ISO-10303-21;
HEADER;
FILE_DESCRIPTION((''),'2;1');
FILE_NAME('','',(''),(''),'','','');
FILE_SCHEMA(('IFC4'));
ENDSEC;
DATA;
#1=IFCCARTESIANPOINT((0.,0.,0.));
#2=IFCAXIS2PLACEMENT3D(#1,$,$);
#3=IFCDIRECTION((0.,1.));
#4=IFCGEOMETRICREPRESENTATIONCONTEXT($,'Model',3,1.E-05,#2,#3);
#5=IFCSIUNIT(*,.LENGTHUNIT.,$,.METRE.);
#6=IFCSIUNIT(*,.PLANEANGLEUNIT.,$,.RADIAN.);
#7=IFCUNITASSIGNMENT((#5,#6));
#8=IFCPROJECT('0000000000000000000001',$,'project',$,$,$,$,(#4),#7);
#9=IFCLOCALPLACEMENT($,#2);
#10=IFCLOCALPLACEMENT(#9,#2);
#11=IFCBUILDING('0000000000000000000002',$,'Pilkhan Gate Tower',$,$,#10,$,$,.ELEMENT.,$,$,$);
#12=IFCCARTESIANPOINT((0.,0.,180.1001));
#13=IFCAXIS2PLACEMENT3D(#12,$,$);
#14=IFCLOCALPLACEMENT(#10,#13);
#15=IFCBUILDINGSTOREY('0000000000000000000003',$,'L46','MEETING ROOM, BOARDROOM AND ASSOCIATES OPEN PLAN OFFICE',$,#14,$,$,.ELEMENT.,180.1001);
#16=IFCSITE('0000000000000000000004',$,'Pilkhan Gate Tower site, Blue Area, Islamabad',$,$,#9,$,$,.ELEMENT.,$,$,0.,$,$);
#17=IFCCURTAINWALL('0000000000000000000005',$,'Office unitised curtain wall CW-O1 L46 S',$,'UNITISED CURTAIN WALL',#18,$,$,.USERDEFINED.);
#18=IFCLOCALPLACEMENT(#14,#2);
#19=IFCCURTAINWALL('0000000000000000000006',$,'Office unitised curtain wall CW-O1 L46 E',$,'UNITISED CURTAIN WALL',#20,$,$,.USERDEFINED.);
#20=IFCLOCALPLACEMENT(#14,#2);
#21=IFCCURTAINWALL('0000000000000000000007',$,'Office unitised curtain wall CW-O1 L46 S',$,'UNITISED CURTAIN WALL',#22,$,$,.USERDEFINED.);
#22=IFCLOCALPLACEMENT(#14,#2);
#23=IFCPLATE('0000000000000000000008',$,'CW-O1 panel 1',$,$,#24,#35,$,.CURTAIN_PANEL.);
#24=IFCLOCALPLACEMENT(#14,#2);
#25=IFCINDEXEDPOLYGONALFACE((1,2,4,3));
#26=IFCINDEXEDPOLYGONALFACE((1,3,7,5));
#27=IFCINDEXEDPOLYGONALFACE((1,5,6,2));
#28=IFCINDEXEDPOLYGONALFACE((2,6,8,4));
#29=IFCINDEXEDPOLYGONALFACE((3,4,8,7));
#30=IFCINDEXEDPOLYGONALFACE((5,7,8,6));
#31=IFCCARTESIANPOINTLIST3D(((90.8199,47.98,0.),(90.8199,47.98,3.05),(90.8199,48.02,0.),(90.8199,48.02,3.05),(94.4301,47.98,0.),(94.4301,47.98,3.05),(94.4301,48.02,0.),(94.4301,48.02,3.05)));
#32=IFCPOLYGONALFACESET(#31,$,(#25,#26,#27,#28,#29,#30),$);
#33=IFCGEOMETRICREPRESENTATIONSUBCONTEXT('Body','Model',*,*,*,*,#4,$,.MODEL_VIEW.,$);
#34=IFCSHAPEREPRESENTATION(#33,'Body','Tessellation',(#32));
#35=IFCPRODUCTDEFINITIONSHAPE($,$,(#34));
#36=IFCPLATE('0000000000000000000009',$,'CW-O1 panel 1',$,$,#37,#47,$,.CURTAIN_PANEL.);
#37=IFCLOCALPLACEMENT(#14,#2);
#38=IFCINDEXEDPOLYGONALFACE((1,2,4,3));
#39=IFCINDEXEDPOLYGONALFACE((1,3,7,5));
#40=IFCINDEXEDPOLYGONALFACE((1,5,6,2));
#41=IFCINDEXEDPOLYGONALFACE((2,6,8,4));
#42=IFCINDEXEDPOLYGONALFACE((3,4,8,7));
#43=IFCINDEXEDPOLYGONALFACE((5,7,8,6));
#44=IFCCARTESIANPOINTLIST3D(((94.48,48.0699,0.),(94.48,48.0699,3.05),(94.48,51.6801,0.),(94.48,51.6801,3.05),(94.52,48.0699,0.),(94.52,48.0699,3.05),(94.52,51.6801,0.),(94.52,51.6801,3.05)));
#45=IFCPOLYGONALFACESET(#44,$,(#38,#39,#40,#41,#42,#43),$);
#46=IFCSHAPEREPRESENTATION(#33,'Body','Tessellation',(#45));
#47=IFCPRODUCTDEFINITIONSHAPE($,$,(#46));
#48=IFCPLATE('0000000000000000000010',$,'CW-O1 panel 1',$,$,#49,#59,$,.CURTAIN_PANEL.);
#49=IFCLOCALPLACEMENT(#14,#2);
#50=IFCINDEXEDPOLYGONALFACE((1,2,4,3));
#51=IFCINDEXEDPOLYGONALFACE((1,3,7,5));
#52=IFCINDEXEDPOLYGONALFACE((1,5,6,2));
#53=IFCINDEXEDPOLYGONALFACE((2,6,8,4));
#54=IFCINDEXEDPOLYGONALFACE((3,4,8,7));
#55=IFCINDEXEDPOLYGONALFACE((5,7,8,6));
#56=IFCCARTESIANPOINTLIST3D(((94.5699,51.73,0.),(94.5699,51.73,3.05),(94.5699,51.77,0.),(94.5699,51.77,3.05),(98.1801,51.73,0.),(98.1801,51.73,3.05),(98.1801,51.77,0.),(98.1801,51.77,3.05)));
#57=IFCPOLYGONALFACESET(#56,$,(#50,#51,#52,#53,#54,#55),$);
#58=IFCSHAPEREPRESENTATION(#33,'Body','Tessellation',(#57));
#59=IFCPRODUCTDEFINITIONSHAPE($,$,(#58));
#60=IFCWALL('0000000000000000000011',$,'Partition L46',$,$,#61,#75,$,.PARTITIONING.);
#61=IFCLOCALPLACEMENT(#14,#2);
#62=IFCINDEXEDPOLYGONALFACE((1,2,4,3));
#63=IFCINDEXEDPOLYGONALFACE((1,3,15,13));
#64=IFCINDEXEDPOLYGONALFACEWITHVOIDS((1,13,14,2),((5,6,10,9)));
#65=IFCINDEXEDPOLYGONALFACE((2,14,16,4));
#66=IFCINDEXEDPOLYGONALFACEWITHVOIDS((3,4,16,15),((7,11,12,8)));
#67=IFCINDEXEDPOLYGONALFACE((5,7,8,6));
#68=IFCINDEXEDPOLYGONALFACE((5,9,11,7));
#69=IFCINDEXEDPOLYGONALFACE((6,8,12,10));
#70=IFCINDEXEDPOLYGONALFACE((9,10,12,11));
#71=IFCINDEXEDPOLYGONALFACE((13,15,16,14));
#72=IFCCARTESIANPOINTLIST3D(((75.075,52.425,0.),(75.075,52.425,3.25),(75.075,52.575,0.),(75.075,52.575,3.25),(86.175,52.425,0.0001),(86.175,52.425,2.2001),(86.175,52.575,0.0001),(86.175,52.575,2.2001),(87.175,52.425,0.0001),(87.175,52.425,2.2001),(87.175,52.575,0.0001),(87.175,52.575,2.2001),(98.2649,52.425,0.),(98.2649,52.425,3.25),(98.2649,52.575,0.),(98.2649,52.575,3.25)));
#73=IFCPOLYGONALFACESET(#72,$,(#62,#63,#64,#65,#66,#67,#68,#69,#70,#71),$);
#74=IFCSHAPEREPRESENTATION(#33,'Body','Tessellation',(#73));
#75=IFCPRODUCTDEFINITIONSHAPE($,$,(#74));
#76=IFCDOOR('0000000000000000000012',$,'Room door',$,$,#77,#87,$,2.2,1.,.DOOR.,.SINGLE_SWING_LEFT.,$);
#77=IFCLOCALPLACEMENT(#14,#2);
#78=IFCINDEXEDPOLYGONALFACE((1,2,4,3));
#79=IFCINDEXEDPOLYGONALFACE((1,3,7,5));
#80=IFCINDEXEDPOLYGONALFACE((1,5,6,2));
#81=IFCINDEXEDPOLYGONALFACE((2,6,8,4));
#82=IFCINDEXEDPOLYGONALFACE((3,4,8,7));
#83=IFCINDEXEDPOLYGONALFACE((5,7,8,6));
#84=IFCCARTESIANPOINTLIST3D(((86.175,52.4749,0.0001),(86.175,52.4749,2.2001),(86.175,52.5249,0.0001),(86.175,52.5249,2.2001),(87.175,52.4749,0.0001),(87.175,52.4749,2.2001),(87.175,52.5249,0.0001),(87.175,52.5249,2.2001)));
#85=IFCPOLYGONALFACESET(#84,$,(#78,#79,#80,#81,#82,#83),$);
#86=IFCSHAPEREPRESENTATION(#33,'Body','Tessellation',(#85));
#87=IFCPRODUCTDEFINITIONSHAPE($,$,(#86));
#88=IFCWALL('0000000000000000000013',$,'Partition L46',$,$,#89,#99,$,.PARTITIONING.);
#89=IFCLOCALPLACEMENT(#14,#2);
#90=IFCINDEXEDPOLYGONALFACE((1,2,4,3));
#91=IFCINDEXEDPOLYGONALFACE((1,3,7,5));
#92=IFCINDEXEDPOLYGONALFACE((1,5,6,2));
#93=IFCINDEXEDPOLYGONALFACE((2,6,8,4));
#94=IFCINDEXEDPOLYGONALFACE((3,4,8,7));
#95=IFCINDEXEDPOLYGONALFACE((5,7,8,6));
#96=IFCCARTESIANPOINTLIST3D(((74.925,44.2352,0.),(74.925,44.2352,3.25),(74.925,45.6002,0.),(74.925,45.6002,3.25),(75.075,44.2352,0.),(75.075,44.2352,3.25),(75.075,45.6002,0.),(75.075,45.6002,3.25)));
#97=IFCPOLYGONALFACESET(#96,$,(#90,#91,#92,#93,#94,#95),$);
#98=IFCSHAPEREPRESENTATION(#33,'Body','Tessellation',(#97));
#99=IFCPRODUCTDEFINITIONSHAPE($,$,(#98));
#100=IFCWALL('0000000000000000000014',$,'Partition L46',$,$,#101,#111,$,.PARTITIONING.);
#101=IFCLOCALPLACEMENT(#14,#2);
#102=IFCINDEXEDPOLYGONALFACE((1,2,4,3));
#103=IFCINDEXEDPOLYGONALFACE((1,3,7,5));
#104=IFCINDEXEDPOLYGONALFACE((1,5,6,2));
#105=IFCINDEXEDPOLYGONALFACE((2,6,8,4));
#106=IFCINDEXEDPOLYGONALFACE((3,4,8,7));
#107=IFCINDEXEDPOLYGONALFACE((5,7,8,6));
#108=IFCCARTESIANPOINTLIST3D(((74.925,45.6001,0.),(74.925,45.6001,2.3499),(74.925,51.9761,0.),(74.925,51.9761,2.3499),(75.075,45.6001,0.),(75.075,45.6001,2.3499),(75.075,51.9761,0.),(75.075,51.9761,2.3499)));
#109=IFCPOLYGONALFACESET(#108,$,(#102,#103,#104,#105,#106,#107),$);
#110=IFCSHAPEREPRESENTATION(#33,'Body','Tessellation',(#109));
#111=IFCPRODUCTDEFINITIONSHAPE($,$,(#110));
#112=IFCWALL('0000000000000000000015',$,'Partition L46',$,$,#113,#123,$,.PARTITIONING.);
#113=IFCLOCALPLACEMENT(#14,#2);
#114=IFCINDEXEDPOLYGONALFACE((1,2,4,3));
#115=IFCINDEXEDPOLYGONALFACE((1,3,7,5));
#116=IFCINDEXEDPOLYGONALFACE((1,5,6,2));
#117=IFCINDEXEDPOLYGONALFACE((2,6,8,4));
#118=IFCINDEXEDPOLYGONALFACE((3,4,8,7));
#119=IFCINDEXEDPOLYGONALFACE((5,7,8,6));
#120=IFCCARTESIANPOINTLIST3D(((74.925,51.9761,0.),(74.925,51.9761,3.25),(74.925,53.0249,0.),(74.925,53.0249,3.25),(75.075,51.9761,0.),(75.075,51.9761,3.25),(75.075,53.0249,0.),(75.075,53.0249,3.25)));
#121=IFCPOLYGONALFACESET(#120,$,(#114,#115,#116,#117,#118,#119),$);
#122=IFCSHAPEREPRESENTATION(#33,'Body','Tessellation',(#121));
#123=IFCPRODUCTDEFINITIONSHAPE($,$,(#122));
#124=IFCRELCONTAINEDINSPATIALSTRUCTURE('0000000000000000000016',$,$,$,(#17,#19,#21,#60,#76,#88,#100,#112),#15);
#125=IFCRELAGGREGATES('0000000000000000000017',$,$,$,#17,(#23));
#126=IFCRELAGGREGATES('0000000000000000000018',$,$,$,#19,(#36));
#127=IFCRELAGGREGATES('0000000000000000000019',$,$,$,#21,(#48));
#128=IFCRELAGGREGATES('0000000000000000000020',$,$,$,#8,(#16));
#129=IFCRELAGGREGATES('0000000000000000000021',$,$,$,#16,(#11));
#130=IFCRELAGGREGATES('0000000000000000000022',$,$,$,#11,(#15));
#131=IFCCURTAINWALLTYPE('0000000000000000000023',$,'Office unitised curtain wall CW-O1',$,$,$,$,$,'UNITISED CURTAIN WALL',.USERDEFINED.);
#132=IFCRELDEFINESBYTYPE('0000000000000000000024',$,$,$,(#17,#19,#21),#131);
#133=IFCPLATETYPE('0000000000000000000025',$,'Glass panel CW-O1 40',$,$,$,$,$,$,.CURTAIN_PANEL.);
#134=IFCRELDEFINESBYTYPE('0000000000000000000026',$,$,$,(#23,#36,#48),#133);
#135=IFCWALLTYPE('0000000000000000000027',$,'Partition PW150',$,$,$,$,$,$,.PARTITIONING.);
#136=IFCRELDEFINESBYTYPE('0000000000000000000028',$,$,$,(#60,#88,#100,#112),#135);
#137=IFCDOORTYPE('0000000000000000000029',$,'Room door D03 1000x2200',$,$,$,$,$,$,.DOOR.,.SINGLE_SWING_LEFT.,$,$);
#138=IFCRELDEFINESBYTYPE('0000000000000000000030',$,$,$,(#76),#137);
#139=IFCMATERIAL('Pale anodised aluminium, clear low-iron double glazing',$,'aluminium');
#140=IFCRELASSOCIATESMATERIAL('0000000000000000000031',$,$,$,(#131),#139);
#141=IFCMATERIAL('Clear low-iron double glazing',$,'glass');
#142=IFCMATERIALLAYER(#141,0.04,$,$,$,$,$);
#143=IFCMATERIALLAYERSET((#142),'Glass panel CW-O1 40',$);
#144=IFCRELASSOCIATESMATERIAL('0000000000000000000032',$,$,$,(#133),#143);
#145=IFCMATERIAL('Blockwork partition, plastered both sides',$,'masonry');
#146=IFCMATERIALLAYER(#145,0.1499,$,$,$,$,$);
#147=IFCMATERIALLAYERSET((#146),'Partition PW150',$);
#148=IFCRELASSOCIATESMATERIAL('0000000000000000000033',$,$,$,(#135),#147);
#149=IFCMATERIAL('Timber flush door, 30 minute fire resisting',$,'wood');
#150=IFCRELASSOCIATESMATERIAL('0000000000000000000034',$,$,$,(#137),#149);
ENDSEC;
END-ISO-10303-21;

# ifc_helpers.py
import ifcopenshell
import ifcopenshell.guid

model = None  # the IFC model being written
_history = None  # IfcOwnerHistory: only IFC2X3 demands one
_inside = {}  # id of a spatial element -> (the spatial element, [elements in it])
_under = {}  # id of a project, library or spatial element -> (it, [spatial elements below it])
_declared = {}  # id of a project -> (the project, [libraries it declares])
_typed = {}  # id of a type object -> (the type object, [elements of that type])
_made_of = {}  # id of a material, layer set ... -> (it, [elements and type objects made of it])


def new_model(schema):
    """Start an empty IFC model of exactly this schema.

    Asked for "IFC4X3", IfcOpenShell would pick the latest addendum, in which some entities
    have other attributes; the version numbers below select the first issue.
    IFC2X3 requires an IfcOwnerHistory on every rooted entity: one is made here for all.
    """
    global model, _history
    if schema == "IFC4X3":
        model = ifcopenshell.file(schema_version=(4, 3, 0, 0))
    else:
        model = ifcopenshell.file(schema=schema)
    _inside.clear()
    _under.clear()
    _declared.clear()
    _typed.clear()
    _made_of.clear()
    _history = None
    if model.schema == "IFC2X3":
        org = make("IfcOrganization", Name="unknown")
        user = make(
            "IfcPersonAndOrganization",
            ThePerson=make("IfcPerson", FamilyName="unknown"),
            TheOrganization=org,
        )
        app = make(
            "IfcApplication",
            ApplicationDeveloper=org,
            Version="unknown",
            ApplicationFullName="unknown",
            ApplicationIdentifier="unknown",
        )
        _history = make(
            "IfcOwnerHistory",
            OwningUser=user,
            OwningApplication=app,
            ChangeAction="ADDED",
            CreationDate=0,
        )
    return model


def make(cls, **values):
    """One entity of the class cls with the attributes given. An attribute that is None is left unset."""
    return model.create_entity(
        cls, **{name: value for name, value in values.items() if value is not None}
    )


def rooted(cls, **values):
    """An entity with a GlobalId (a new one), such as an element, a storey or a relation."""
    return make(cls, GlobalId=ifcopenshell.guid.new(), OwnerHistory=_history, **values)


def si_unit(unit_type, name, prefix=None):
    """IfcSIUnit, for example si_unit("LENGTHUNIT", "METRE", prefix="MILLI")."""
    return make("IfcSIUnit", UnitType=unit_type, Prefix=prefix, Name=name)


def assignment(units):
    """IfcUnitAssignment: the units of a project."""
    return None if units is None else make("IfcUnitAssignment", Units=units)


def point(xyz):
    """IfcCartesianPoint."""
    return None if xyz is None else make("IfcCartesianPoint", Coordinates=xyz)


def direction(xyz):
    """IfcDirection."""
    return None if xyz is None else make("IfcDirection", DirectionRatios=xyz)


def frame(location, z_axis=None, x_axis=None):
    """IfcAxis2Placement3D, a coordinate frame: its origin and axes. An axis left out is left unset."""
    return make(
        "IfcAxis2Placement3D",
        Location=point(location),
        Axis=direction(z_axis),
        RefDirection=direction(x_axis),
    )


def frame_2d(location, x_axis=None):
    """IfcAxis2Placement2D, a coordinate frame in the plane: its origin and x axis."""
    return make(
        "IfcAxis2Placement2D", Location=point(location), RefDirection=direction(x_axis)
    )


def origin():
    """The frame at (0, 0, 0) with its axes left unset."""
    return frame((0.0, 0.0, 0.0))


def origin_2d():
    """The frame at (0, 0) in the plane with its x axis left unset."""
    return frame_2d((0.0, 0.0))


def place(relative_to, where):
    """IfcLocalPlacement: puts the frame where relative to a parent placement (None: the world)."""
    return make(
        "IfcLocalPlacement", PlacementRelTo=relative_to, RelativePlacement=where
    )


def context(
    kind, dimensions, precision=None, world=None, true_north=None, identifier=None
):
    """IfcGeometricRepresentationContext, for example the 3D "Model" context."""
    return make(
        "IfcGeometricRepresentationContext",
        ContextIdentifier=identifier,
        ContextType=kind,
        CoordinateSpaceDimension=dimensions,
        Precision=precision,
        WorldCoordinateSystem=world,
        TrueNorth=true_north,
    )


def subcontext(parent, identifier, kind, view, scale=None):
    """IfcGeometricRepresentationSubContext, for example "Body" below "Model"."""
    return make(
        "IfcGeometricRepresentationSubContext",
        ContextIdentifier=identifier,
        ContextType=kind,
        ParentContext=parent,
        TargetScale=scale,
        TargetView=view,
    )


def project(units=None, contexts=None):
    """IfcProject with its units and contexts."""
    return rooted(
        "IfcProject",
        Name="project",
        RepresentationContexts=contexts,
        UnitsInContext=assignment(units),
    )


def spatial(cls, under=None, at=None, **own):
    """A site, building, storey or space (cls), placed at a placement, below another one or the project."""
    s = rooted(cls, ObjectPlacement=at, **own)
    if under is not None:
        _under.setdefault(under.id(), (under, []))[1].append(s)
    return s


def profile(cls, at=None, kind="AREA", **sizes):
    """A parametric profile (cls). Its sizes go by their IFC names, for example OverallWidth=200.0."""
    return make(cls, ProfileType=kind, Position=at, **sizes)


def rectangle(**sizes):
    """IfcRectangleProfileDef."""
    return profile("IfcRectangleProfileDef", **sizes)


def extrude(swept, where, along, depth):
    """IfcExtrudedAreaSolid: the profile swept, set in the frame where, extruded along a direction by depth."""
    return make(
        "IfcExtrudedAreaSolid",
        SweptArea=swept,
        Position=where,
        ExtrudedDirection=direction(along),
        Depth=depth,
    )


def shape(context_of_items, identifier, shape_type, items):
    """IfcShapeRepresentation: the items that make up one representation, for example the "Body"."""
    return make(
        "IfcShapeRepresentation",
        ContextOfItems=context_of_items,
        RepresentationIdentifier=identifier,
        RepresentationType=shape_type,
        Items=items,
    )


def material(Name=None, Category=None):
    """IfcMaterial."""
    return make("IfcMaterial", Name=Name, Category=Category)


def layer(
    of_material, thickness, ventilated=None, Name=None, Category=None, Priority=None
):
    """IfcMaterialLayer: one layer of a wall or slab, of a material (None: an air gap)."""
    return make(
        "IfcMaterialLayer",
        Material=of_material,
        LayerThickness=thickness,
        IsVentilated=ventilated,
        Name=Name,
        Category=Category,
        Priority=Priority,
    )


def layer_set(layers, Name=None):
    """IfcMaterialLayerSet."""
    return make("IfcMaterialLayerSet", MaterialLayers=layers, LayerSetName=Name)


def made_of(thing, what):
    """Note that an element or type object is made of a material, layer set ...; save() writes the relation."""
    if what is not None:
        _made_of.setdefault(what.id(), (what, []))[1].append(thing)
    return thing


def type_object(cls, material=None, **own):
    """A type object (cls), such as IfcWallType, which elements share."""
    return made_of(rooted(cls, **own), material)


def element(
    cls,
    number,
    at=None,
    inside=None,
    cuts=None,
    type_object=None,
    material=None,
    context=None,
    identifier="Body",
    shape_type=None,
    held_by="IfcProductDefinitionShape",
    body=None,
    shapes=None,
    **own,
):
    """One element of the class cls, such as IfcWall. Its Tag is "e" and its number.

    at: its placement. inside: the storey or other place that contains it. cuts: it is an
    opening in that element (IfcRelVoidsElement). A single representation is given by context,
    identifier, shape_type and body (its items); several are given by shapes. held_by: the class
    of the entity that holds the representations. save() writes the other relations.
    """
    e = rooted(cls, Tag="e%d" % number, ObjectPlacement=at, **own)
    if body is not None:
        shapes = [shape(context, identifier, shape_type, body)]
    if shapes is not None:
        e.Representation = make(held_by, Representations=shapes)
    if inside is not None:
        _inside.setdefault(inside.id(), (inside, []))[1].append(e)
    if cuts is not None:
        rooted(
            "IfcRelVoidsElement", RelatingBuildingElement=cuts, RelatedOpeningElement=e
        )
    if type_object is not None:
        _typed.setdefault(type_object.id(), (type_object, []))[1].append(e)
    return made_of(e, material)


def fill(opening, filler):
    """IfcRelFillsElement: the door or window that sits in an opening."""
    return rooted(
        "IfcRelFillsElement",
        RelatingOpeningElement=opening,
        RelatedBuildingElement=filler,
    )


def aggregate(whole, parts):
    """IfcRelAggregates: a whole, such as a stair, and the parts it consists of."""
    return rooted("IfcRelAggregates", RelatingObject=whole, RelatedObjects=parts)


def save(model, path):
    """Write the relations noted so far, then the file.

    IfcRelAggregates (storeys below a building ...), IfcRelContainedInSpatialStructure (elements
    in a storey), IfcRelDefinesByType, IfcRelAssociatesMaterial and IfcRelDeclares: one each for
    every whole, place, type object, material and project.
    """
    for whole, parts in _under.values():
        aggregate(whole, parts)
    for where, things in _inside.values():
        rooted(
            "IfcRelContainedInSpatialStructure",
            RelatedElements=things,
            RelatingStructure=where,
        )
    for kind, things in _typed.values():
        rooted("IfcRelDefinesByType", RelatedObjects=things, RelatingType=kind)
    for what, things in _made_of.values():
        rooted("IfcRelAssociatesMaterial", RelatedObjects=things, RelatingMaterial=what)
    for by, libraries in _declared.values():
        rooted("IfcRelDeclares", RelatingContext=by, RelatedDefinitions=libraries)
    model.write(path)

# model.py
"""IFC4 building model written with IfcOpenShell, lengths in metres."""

from ifc_helpers import new_model, si_unit, direction, frame, frame_2d, origin, origin_2d, place, context, subcontext, project, spatial, rectangle, extrude, material, layer, layer_set, type_object, element, fill, aggregate, save


model = new_model("IFC4")

# Units and contexts
model_context = context("Model", 3, precision=1e-05, world=origin(), true_north=direction((0.0, 1.0)))
body_context = subcontext(model_context, "Body", "Model", "MODEL_VIEW")
ifc_project = project(units=[si_unit("LENGTHUNIT", "METRE"), si_unit("PLANEANGLEUNIT", "RADIAN")], contexts=[model_context])

# Site, building, storey
site_placement = place(None, origin())
site = spatial("IfcSite", under=ifc_project, at=site_placement, Name="Pilkhan Gate Tower site, Blue Area, Islamabad", CompositionType="ELEMENT", RefElevation=0.0)
building_placement = place(site_placement, origin())
building = spatial("IfcBuilding", under=site, at=building_placement, Name="Pilkhan Gate Tower", CompositionType="ELEMENT")
storey_placement = place(building_placement, frame((0.0, 0.0, 180.1001)))
storey = spatial("IfcBuildingStorey", under=building, at=storey_placement, Name="L46", Description="MEETING ROOM, BOARDROOM AND ASSOCIATES OPEN PLAN OFFICE", CompositionType="ELEMENT", Elevation=180.1001)

# Shared definitions
ifc_material_1 = material(Name="Pale anodised aluminium, clear low-iron double glazing", Category="aluminium")
curtain_wall_type = type_object("IfcCurtainWallType", Name="Office unitised curtain wall CW-O1", ElementType="UNITISED CURTAIN WALL", PredefinedType="USERDEFINED", material=ifc_material_1)

# Curtain walls
curtain_wall_1_placement = place(storey_placement, origin())
curtain_wall_1 = element("IfcCurtainWall", 1, at=curtain_wall_1_placement, inside=storey, type_object=curtain_wall_type, Name="Office unitised curtain wall CW-O1 L46 S", ObjectType="UNITISED CURTAIN WALL", PredefinedType="USERDEFINED")
curtain_wall_2_placement = place(storey_placement, origin())
curtain_wall_2 = element("IfcCurtainWall", 2, at=curtain_wall_2_placement, inside=storey, type_object=curtain_wall_type, Name="Office unitised curtain wall CW-O1 L46 E", ObjectType="UNITISED CURTAIN WALL", PredefinedType="USERDEFINED")
curtain_wall_3_placement = place(storey_placement, origin())
curtain_wall_3 = element("IfcCurtainWall", 3, at=curtain_wall_3_placement, inside=storey, type_object=curtain_wall_type, Name="Office unitised curtain wall CW-O1 L46 S", ObjectType="UNITISED CURTAIN WALL", PredefinedType="USERDEFINED")

# Plates
ifc_material_2 = material(Name="Clear low-iron double glazing", Category="glass")
ifc_layer_1 = layer(ifc_material_2, 0.04)
ifc_layer_set_1 = layer_set([ifc_layer_1], Name="Glass panel CW-O1 40")
plate_type = type_object("IfcPlateType", Name="Glass panel CW-O1 40", PredefinedType="CURTAIN_PANEL", material=ifc_layer_set_1)
plate_1_placement = place(storey_placement, frame((92.625, 48.0, 0.0), z_axis=(0.0, 0.0, 1.0), x_axis=(1.0, 0.0, 0.0)))
plate_1 = element("IfcPlate", 4, at=plate_1_placement, type_object=plate_type, Name="CW-O1 panel 1", PredefinedType="CURTAIN_PANEL", context=body_context, shape_type="SweptSolid", body=[
    extrude(rectangle(XDim=3.6101, YDim=0.04, at=origin_2d()), origin(), (0.0, 0.0, 1.0), 3.05),
])
aggregate(curtain_wall_1, [plate_1])
plate_2_placement = place(storey_placement, frame((94.5, 49.875, 0.0), z_axis=(0.0, 0.0, 1.0), x_axis=(0.0, 1.0, 0.0)))
plate_2 = element("IfcPlate", 5, at=plate_2_placement, type_object=plate_type, Name="CW-O1 panel 1", PredefinedType="CURTAIN_PANEL", context=body_context, shape_type="SweptSolid", body=[
    extrude(rectangle(XDim=3.6101, YDim=0.04, at=origin_2d()), origin(), (0.0, 0.0, 1.0), 3.05),
])
aggregate(curtain_wall_2, [plate_2])
plate_3_placement = place(storey_placement, frame((96.375, 51.75, 0.0), z_axis=(0.0, 0.0, 1.0), x_axis=(1.0, 0.0, 0.0)))
plate_3 = element("IfcPlate", 6, at=plate_3_placement, type_object=plate_type, Name="CW-O1 panel 1", PredefinedType="CURTAIN_PANEL", context=body_context, shape_type="SweptSolid", body=[
    extrude(rectangle(XDim=3.6101, YDim=0.04, at=origin_2d()), origin(), (0.0, 0.0, 1.0), 3.05),
])
aggregate(curtain_wall_3, [plate_3])

# Wall, opening, door
ifc_material_3 = material(Name="Blockwork partition, plastered both sides", Category="masonry")
ifc_layer_2 = layer(ifc_material_3, 0.1499)
ifc_layer_set_2 = layer_set([ifc_layer_2], Name="Partition PW150")
wall_type = type_object("IfcWallType", Name="Partition PW150", PredefinedType="PARTITIONING", material=ifc_layer_set_2)
wall_1_placement = place(storey_placement, frame((75.075, 52.5, 0.0), z_axis=(0.0, 0.0, 1.0), x_axis=(1.0, 0.0, 0.0)))
wall_1 = element("IfcWall", 7, at=wall_1_placement, inside=storey, type_object=wall_type, Name="Partition L46", PredefinedType="PARTITIONING", context=body_context, shape_type="SweptSolid", body=[
    extrude(rectangle(XDim=23.1899, YDim=0.1499, at=frame_2d((11.595, 0.0))), origin(), (0.0, 0.0, 1.0), 3.25),
])
opening_placement = place(wall_1_placement, frame((11.1001, 0.0, 0.0)))
opening = element("IfcOpeningElement", 8, at=opening_placement, cuts=wall_1, PredefinedType="OPENING", context=body_context, shape_type="SweptSolid", body=[
    extrude(rectangle(XDim=1.0, YDim=2.2, at=frame_2d((0.5, 1.1001))), frame((0.0, 0.085, 0.0), z_axis=(0.0, -1.0, 0.0), x_axis=(1.0, 0.0, 0.0)), (0.0, 0.0, 1.0), 0.1699),
])
ifc_material_4 = material(Name="Timber flush door, 30 minute fire resisting", Category="wood")
door_type = type_object("IfcDoorType", Name="Room door D03 1000x2200", OperationType="SINGLE_SWING_LEFT", PredefinedType="DOOR", material=ifc_material_4)
door_placement = place(opening_placement, origin())
door = element("IfcDoor", 9, at=door_placement, inside=storey, type_object=door_type, Name="Room door", OperationType="SINGLE_SWING_LEFT", OverallHeight=2.2, OverallWidth=1.0, PredefinedType="DOOR", context=body_context, shape_type="SweptSolid", body=[
    extrude(rectangle(XDim=1.0, YDim=2.2, at=frame_2d((0.5, 1.1001))), frame((0.0, 0.0249, 0.0), z_axis=(0.0, -1.0, 0.0), x_axis=(1.0, 0.0, 0.0)), (0.0, 0.0, 1.0), 0.05),
])
fill(opening, door)

# Walls
wall_2_placement = place(storey_placement, frame((75.0, 44.2351, 0.0), z_axis=(0.0, 0.0, 1.0), x_axis=(0.0, 1.0, 0.0)))
element("IfcWall", 10, at=wall_2_placement, inside=storey, type_object=wall_type, Name="Partition L46", PredefinedType="PARTITIONING", context=body_context, shape_type="SweptSolid", body=[
    extrude(rectangle(XDim=1.365, YDim=0.1499, at=frame_2d((0.6826, 0.0))), origin(), (0.0, 0.0, 1.0), 3.25),
])
wall_3_placement = place(storey_placement, frame((75.0, 45.6001, 0.0), z_axis=(0.0, 0.0, 1.0), x_axis=(0.0, 1.0, 0.0)))
element("IfcWall", 11, at=wall_3_placement, inside=storey, type_object=wall_type, Name="Partition L46", PredefinedType="PARTITIONING", context=body_context, shape_type="SweptSolid", body=[
    extrude(rectangle(XDim=6.376, YDim=0.1499, at=frame_2d((3.188, 0.0))), origin(), (0.0, 0.0, 1.0), 2.3499),
])
wall_4_placement = place(storey_placement, frame((75.0, 51.9761, 0.0), z_axis=(0.0, 0.0, 1.0), x_axis=(0.0, 1.0, 0.0)))
element("IfcWall", 12, at=wall_4_placement, inside=storey, type_object=wall_type, Name="Partition L46", PredefinedType="PARTITIONING", context=body_context, shape_type="SweptSolid", body=[
    extrude(rectangle(XDim=1.0488, YDim=0.1499, at=frame_2d((0.5244, 0.0))), origin(), (0.0, 0.0, 1.0), 3.25),
])

save(model, "model.ifc")
